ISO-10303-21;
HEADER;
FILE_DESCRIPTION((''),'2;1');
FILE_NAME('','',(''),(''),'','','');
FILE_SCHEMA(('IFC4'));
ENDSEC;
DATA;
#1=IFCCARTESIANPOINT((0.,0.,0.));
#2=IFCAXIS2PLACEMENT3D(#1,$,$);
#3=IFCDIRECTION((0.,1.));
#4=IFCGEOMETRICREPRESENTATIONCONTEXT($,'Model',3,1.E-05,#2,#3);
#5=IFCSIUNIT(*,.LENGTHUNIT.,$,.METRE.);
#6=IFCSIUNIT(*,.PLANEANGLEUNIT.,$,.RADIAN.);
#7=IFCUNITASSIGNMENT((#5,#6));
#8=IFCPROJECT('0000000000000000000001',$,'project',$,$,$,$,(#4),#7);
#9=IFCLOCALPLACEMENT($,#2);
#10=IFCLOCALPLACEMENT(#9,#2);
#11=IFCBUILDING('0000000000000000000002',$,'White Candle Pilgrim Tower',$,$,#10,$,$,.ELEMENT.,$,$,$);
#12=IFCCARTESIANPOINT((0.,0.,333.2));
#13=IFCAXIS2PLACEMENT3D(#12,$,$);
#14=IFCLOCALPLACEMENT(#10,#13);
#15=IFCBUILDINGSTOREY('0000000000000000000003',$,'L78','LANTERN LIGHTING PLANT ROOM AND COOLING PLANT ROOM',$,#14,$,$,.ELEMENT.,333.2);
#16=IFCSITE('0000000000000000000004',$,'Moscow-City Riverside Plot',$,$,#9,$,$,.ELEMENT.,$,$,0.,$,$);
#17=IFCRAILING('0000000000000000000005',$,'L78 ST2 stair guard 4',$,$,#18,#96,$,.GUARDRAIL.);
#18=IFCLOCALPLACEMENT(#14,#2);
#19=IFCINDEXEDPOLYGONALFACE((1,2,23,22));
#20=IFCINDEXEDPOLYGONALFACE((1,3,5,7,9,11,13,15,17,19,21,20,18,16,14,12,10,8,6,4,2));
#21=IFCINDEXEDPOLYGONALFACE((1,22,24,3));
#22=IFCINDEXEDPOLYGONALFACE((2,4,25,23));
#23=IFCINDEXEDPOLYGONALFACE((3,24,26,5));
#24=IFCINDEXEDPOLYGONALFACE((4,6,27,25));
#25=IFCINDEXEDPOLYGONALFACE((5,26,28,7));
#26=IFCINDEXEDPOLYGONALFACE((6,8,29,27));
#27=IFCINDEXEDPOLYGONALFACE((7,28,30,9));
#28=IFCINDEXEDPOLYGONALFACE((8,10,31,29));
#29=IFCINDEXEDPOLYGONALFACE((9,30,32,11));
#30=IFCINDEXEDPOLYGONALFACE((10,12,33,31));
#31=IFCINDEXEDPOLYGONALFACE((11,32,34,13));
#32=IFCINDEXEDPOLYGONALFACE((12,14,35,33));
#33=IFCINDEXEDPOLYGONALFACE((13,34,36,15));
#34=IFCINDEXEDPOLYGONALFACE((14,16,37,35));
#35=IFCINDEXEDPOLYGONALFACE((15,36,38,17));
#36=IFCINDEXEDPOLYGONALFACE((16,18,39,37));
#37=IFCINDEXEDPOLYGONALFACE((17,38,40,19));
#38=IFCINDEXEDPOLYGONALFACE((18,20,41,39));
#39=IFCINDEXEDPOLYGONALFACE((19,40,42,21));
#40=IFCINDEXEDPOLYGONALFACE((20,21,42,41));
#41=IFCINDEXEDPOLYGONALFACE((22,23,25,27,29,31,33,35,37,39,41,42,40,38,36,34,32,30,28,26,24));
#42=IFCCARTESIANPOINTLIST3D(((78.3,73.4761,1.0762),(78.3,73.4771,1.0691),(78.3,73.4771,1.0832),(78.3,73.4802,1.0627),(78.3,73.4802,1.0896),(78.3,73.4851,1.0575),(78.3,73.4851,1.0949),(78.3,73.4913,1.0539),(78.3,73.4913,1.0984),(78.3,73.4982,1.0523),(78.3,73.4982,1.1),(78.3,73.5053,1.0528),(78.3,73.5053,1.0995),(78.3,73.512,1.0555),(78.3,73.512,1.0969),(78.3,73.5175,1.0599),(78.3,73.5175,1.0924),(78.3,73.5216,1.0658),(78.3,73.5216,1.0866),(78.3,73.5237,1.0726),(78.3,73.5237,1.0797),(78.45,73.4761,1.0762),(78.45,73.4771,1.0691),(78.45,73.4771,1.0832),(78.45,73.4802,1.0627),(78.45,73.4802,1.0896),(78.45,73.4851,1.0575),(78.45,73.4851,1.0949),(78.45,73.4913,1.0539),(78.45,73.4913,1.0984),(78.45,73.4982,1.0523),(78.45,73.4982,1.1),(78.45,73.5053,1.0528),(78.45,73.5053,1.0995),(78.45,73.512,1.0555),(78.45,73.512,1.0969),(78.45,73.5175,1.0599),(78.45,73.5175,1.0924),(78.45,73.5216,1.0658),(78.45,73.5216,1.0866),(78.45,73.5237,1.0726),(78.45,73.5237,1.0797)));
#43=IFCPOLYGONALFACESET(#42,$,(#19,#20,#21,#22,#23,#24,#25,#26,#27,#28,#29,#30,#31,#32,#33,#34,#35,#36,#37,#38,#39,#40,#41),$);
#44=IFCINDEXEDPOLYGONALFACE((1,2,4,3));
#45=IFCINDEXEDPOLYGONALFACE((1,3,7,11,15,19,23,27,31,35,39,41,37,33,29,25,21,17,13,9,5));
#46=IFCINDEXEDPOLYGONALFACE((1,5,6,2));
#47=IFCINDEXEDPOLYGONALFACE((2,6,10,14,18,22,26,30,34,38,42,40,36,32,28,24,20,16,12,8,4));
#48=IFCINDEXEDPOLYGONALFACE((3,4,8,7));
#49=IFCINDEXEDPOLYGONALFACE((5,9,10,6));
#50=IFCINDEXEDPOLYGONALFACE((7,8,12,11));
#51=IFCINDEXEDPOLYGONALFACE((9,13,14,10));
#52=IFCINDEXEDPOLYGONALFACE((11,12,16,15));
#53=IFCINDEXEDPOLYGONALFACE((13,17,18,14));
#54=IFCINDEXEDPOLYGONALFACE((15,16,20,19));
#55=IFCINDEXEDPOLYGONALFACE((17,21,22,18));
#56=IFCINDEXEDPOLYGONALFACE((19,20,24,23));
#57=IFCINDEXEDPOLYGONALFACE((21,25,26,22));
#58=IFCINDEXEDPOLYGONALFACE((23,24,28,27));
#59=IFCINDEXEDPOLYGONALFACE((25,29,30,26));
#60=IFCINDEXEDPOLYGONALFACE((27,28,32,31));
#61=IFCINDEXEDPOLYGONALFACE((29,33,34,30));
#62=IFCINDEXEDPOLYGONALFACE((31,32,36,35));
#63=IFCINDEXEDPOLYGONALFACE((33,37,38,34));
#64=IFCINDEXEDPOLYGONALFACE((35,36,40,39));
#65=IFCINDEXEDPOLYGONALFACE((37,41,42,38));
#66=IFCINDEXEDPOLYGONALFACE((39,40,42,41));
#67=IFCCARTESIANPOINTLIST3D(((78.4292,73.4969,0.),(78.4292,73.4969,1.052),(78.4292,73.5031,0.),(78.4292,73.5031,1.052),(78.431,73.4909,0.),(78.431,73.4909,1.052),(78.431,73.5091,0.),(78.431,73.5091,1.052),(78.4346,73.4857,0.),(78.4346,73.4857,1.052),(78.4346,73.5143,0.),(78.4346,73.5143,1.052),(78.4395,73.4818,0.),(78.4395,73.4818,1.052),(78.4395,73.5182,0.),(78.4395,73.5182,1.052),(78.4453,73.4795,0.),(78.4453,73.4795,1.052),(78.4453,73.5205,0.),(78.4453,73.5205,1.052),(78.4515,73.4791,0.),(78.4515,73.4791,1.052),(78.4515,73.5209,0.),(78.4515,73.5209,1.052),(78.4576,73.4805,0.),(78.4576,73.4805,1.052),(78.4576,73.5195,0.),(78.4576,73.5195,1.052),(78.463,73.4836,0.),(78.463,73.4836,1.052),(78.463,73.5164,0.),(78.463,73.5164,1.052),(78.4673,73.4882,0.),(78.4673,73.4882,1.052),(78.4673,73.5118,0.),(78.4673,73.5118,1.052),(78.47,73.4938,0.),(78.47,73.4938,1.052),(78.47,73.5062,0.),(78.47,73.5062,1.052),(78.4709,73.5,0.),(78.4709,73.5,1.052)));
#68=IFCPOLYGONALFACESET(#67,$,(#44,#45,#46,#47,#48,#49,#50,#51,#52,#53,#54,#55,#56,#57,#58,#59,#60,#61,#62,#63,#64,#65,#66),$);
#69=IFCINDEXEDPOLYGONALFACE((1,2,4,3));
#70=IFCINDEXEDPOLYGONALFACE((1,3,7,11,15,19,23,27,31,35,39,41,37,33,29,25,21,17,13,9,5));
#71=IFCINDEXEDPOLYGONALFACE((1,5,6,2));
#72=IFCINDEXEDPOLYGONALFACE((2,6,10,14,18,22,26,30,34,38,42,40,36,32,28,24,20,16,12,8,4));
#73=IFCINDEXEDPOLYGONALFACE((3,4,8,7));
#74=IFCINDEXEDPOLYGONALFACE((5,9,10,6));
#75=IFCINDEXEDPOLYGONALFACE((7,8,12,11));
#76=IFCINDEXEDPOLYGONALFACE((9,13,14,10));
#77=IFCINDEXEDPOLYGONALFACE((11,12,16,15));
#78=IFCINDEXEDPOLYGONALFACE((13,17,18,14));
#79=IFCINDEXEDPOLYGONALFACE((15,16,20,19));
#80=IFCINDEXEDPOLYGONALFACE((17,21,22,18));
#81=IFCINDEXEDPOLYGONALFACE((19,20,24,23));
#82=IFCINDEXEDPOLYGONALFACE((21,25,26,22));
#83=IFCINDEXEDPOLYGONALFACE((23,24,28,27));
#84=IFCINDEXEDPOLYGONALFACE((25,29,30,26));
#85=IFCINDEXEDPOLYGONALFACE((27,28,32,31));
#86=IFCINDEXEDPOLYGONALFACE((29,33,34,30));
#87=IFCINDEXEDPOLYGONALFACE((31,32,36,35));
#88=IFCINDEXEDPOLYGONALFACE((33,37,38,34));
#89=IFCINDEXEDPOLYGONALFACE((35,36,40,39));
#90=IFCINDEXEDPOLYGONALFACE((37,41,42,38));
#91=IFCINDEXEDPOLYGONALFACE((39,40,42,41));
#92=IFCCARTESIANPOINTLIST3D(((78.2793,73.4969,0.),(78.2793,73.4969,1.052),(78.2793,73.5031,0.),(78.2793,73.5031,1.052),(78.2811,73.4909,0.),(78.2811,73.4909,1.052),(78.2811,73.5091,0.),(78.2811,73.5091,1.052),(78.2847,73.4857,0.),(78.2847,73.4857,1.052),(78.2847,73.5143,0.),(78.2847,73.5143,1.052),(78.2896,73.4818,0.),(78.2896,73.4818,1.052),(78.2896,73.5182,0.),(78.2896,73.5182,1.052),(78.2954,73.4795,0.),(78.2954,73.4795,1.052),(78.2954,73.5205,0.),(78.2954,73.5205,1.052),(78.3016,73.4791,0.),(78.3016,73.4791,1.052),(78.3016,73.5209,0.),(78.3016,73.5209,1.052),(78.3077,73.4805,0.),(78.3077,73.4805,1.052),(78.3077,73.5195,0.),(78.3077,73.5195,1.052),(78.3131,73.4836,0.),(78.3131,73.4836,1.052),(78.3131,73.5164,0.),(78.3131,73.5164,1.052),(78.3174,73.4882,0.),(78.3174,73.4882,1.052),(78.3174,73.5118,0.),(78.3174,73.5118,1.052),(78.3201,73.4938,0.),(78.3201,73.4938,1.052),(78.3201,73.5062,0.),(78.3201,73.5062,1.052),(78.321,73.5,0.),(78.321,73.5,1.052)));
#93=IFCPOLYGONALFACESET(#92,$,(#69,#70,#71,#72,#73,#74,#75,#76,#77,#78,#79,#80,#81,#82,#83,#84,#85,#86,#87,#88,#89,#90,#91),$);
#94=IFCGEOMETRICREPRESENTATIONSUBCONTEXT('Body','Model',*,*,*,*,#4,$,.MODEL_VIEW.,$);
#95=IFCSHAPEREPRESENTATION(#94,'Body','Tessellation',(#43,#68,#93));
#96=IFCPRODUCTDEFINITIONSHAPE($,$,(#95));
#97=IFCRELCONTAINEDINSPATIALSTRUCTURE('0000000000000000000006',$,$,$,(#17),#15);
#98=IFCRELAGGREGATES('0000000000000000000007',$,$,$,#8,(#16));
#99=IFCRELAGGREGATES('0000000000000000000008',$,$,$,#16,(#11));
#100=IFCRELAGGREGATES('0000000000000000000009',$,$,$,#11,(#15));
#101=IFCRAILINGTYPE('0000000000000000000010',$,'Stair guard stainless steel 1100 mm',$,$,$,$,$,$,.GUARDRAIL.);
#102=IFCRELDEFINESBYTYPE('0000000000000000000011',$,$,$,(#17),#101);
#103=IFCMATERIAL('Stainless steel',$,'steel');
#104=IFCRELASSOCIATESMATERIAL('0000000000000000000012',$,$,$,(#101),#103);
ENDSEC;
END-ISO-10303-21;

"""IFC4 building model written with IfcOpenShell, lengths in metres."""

from ifc_helpers import new_model, si_unit, direction, frame, origin, origin_2d, place, context, subcontext, project, spatial, circle, extrude, material, type_object, element, save


model = new_model("IFC4")

# Units and contexts
model_context = context("Model", 3, precision=1e-05, world=origin(), true_north=direction((0.0, 1.0)))
body_context = subcontext(model_context, "Body", "Model", "MODEL_VIEW")
ifc_project = project(units=[si_unit("LENGTHUNIT", "METRE"), si_unit("PLANEANGLEUNIT", "RADIAN")], contexts=[model_context])

# Site, building, storey
site_placement = place(None, origin())
site = spatial("IfcSite", under=ifc_project, at=site_placement, Name="Moscow-City Riverside Plot", CompositionType="ELEMENT", RefElevation=0.0)
building_placement = place(site_placement, origin())
building = spatial("IfcBuilding", under=site, at=building_placement, Name="White Candle Pilgrim Tower", CompositionType="ELEMENT")
storey_placement = place(building_placement, frame((0.0, 0.0, 333.2)))
storey = spatial("IfcBuildingStorey", under=building, at=storey_placement, Name="L78", Description="LANTERN LIGHTING PLANT ROOM AND COOLING PLANT ROOM", CompositionType="ELEMENT", Elevation=333.2)

# Railing
ifc_material_1 = material(Name="Stainless steel", Category="steel")
railing_type_1 = type_object("IfcRailingType", Name="Stair guard stainless steel 1100 mm", PredefinedType="GUARDRAIL", material=ifc_material_1)
railing_1_placement = place(storey_placement, frame((78.45, 73.5, 0.0)))
element("IfcRailing", 1, at=railing_1_placement, inside=storey, type_object=railing_type_1, Name="L78 ST2 stair guard 4", PredefinedType="GUARDRAIL", context=body_context, shape_type="SweptSolid", body=[
    extrude(circle(Radius=0.0239, at=origin_2d()), frame((0.0, 0.0, 1.0762), z_axis=(-1.0, 0.0, 0.0), x_axis=(0.0, -1.0, 0.0)), (0.0, 0.0, 1.0), 0.1499),
    extrude(circle(Radius=0.021, at=origin_2d()), origin(), (0.0, 0.0, 1.0), 1.052),
    extrude(circle(Radius=0.021, at=origin_2d()), frame((-0.1499, 0.0, 0.0)), (0.0, 0.0, 1.0), 1.052),
])

save(model, "model.ifc")
